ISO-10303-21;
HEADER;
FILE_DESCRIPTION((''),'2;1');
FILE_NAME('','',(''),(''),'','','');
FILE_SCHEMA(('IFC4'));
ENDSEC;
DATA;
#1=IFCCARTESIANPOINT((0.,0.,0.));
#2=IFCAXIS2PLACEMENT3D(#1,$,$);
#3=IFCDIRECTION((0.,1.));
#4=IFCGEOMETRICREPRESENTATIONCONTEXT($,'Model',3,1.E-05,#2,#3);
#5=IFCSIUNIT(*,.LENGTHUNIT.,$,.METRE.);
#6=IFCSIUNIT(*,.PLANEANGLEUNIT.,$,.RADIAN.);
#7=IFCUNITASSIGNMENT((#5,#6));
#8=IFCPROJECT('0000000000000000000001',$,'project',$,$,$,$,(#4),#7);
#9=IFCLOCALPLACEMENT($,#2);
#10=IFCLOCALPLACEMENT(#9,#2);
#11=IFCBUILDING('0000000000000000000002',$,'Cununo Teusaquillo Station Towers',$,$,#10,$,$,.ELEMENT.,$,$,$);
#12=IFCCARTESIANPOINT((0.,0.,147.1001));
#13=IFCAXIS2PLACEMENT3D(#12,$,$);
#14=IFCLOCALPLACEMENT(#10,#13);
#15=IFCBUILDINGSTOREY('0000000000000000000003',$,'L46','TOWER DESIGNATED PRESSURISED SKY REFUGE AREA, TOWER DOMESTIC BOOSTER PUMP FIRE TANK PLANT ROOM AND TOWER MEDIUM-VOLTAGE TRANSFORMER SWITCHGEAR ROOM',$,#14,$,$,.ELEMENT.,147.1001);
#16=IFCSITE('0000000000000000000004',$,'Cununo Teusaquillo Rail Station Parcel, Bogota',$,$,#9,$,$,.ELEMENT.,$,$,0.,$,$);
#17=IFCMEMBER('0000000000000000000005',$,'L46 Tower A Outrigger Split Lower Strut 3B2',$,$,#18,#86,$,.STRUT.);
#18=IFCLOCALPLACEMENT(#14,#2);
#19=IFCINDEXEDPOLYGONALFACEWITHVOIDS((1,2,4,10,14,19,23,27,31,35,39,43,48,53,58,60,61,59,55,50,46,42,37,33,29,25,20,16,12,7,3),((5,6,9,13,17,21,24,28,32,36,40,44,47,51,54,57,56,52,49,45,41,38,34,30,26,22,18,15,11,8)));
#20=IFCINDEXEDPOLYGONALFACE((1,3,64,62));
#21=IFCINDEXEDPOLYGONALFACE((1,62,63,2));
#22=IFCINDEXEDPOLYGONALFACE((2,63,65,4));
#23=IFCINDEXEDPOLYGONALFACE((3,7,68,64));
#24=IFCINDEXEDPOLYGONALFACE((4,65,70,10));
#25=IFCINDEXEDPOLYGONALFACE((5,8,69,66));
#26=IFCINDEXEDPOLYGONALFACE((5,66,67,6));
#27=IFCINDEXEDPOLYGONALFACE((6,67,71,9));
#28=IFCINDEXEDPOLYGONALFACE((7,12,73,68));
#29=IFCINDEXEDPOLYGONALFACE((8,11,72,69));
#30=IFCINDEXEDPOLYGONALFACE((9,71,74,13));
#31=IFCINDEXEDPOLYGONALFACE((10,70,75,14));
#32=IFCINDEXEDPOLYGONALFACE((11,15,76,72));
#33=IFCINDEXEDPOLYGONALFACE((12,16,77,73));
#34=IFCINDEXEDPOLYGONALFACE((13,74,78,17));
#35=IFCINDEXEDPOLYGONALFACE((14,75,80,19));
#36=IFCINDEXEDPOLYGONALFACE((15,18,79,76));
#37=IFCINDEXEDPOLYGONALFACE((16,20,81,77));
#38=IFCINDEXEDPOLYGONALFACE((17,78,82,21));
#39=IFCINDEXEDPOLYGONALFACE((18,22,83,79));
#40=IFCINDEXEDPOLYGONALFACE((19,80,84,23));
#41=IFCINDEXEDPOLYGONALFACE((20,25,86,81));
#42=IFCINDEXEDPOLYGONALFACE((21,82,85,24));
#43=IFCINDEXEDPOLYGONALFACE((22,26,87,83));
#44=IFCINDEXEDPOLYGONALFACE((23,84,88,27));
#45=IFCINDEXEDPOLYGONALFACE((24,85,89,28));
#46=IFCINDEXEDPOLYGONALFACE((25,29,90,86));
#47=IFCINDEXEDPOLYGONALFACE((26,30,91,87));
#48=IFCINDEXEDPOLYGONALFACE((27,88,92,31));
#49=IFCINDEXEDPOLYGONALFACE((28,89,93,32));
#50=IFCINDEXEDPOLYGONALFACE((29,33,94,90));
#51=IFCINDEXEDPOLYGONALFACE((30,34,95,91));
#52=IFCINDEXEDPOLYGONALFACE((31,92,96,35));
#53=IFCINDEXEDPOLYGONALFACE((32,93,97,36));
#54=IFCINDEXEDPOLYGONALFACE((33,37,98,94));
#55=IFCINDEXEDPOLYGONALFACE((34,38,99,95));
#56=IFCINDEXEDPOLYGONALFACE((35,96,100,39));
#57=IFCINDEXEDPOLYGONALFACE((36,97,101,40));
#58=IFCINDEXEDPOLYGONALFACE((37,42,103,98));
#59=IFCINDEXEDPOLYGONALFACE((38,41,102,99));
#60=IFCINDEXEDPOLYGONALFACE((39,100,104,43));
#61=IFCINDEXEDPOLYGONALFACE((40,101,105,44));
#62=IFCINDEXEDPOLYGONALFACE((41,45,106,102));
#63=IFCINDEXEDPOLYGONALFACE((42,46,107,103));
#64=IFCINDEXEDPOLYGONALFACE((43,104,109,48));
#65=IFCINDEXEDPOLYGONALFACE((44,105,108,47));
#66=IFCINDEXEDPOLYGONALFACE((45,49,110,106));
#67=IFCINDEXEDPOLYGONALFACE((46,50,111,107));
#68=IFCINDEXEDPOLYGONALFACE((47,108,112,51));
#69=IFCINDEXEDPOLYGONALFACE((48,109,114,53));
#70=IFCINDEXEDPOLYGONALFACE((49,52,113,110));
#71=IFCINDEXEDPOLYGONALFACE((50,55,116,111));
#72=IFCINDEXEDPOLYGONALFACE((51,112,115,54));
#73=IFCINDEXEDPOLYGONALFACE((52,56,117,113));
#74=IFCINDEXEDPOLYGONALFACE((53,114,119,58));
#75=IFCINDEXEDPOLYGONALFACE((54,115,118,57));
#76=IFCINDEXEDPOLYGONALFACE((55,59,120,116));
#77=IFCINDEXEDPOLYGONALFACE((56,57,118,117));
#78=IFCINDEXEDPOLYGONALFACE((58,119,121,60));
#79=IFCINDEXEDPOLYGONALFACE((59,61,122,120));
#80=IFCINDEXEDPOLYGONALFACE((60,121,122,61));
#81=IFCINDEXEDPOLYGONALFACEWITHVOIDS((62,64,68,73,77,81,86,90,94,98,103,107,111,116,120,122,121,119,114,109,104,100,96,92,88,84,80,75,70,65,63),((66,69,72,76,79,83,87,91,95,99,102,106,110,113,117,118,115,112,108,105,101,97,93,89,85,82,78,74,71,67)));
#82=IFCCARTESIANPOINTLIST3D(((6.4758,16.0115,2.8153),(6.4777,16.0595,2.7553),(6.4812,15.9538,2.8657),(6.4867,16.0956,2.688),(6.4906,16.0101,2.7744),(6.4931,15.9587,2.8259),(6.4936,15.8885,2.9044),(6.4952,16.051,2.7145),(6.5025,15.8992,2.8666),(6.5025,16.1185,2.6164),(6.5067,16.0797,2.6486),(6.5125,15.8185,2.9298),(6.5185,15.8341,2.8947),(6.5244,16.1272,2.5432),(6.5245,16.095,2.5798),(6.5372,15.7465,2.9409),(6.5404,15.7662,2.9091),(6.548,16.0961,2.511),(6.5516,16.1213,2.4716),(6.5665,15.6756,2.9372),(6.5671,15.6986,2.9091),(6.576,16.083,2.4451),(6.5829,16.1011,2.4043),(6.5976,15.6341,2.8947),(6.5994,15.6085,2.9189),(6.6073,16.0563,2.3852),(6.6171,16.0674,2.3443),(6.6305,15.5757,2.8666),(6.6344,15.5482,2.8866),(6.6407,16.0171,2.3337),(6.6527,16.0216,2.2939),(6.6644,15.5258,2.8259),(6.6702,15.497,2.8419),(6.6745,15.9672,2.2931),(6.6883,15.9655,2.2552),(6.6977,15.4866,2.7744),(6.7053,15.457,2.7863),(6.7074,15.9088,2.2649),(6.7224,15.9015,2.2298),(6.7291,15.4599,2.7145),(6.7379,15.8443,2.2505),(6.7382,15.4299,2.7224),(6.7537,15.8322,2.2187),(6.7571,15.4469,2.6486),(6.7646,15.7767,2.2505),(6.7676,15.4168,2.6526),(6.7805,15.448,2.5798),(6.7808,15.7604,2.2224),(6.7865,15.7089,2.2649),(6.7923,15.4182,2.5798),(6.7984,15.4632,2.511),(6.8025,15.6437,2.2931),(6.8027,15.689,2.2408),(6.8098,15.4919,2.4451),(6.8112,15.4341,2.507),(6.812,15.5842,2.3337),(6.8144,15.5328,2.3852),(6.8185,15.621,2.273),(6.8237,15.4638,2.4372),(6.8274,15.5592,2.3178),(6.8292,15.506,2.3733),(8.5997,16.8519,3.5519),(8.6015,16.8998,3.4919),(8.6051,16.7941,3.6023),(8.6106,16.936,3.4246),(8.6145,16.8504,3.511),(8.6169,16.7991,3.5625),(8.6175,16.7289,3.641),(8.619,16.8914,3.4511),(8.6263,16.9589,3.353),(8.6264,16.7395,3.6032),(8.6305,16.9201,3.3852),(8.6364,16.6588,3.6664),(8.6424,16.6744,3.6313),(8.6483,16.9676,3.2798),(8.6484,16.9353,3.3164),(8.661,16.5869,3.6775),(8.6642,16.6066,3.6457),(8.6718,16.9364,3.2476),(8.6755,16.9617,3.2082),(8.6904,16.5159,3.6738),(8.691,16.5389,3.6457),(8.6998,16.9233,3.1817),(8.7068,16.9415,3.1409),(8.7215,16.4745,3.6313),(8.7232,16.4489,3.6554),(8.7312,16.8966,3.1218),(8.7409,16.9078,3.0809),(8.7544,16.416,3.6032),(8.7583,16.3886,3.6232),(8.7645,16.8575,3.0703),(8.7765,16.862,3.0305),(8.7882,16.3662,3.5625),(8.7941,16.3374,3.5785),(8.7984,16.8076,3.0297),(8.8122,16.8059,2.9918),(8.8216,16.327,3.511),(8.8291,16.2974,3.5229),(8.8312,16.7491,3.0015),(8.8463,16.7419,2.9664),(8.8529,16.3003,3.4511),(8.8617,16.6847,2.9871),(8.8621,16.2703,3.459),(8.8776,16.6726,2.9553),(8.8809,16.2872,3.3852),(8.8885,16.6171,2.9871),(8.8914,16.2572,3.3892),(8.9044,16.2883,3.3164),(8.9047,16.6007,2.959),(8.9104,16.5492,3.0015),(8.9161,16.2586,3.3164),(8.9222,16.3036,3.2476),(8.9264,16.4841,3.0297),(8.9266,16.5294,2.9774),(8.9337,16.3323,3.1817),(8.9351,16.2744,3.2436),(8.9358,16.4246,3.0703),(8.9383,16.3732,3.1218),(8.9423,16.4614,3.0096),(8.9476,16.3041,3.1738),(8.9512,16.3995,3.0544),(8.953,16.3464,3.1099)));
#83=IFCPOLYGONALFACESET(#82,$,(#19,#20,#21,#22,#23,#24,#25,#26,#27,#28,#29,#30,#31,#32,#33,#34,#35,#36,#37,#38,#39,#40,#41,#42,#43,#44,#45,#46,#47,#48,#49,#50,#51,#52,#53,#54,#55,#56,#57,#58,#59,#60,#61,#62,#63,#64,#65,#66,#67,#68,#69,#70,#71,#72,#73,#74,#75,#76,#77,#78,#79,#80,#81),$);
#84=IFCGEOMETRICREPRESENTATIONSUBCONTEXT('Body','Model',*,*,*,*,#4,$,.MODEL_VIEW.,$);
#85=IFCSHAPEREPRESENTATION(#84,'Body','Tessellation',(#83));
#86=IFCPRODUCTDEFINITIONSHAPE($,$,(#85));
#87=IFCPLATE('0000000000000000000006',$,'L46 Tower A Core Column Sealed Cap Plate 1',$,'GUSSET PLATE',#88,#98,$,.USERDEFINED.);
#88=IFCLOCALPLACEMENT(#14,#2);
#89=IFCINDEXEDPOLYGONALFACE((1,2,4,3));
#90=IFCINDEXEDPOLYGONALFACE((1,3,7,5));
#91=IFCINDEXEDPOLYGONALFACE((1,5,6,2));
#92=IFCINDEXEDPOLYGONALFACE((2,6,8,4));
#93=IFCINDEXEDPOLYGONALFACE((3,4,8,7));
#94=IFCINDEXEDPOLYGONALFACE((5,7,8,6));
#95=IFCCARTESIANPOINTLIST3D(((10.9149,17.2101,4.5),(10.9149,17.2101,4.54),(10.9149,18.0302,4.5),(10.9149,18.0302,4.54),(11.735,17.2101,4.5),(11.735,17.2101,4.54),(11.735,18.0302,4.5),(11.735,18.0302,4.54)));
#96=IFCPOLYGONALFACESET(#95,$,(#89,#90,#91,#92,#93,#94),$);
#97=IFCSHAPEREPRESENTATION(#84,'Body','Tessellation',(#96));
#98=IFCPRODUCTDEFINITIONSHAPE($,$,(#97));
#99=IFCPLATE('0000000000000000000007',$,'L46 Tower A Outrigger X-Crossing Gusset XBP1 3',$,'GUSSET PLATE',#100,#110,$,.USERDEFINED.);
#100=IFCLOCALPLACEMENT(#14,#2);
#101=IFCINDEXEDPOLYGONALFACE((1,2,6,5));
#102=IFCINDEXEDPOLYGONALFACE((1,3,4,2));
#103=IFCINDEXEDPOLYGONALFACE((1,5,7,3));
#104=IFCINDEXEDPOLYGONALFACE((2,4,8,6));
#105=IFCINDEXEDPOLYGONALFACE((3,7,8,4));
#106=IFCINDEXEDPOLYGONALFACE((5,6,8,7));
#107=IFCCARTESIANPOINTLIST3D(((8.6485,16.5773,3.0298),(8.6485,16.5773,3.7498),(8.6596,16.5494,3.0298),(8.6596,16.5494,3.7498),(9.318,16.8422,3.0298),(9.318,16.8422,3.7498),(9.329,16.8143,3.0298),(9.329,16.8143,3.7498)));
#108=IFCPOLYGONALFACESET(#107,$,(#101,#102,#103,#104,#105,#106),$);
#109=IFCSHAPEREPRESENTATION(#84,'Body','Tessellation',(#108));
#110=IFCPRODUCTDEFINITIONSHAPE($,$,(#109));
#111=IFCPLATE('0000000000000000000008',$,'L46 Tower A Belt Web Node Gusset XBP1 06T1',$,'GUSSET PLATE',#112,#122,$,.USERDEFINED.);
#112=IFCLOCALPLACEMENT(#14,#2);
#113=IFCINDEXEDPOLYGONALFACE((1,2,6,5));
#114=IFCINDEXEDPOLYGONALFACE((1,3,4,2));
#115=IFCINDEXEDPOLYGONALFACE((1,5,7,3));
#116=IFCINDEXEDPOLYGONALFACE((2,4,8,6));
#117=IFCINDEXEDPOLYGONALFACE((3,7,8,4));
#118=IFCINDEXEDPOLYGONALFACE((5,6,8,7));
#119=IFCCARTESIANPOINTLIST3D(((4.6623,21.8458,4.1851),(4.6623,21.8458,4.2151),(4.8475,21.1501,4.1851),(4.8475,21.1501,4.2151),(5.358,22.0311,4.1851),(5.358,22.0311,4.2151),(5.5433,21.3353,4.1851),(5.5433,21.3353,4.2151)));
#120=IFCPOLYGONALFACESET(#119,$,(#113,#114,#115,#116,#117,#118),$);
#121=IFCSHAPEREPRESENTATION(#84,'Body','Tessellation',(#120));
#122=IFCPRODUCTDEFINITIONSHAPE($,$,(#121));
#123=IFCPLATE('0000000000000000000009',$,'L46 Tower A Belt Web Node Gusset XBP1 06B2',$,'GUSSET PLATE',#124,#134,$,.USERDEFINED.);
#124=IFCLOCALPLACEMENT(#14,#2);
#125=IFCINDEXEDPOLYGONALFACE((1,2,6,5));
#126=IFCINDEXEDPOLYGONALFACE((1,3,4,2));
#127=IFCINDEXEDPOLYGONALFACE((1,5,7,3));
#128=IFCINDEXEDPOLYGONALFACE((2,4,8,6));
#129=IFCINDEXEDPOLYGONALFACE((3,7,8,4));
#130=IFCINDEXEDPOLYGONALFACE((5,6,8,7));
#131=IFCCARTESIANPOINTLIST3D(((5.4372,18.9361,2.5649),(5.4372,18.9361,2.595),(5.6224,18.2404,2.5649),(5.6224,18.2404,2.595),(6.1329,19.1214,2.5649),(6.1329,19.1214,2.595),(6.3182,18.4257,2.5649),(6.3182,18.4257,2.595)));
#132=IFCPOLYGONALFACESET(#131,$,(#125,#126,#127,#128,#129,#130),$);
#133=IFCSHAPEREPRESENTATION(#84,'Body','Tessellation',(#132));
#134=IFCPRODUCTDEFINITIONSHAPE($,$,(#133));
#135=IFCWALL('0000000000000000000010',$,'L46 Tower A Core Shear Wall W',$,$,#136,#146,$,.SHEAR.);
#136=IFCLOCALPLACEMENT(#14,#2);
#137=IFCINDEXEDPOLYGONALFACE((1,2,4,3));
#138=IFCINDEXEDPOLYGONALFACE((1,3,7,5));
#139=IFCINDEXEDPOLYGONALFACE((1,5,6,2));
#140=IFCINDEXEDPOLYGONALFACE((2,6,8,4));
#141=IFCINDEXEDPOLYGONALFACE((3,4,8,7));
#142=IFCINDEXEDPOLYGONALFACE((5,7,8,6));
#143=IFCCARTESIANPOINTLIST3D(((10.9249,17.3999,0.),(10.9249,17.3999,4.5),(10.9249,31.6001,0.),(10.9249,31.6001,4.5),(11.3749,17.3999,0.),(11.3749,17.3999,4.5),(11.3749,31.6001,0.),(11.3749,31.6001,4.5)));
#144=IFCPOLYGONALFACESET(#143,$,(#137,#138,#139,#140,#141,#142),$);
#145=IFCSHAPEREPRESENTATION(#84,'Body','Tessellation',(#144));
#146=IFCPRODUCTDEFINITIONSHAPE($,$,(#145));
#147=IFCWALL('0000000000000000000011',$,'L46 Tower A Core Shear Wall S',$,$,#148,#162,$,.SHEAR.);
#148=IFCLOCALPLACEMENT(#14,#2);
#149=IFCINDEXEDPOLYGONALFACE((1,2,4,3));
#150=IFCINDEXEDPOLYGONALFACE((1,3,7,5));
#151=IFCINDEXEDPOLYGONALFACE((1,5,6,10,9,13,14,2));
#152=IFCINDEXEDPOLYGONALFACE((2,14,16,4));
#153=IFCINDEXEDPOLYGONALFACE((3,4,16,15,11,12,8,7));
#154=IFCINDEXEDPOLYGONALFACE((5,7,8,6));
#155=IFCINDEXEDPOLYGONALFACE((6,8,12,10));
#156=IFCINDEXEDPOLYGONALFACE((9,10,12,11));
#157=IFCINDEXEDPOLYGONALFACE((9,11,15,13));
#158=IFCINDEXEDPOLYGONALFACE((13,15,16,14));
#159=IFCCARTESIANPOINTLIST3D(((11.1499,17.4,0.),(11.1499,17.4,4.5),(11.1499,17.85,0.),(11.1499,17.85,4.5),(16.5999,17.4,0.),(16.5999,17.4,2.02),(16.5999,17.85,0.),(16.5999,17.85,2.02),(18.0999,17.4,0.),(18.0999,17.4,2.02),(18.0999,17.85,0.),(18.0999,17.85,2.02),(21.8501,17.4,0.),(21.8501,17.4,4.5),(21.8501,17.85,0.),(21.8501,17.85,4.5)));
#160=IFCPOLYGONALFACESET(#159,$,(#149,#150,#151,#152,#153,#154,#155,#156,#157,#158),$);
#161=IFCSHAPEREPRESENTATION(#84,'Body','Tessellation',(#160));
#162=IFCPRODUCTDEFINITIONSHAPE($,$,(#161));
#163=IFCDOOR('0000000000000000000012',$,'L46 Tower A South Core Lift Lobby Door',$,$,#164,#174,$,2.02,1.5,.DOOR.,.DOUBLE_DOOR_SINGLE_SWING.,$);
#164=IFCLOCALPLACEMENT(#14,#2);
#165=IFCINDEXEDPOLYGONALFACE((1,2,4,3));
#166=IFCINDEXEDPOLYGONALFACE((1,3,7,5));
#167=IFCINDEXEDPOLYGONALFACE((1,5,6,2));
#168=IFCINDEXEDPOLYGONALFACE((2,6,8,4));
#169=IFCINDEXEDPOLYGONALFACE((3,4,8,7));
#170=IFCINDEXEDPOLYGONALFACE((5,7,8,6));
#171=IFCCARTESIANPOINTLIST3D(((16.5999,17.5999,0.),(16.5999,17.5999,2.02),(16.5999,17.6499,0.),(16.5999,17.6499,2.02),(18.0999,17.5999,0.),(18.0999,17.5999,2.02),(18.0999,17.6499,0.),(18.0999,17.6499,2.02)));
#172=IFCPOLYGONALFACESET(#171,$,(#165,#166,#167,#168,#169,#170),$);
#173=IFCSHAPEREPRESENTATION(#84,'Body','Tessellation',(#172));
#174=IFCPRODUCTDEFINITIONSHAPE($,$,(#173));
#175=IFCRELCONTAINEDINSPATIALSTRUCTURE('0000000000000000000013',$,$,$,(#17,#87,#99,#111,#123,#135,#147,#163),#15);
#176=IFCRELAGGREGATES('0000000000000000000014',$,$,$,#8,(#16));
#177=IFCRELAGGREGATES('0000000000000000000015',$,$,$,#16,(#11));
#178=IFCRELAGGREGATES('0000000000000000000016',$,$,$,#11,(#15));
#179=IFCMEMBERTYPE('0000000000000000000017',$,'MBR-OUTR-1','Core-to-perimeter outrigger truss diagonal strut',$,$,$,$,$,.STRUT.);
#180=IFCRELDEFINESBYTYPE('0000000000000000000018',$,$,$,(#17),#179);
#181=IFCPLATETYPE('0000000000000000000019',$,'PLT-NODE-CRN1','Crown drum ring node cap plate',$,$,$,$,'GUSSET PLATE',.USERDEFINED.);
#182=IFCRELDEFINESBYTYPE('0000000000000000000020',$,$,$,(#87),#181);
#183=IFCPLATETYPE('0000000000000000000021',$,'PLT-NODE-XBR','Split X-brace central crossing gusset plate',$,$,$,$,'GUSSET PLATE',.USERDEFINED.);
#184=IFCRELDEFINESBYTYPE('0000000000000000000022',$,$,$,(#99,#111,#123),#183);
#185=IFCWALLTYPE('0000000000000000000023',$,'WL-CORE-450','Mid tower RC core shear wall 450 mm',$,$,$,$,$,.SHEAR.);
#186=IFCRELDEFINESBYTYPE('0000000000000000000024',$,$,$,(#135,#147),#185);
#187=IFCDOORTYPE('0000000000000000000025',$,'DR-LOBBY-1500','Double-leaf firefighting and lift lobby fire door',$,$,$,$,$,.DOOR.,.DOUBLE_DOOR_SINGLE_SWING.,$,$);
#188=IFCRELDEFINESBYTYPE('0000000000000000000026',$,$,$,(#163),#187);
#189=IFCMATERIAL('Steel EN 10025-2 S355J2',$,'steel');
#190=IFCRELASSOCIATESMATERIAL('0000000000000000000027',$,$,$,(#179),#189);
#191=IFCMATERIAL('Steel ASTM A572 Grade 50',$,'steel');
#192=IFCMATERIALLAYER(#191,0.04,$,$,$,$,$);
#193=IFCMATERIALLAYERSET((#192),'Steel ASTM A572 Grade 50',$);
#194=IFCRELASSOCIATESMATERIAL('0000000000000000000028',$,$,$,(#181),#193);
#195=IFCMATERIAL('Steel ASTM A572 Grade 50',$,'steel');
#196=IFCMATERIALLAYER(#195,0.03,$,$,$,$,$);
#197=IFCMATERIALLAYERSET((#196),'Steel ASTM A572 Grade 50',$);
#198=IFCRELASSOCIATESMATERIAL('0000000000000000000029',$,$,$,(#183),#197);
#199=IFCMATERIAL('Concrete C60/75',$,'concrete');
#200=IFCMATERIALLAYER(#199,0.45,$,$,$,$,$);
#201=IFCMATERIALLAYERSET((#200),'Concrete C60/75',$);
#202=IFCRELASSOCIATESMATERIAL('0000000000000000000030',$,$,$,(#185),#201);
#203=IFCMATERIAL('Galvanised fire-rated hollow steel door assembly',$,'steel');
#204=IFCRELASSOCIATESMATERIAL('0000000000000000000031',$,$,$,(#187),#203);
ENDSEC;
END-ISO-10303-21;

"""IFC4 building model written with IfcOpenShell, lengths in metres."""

from ifc_helpers import new_model, si_unit, direction, frame, frame_2d, origin, origin_2d, place, context, subcontext, project, spatial, rectangle, hollow_circle, extrude, source, transform, mapped, material, layer, layer_set, material_profile, profile_set, type_object, element, fill, save


model = new_model("IFC4")

# Units and contexts
model_context = context("Model", 3, precision=1e-05, world=origin(), true_north=direction((0.0, 1.0)))
body_context = subcontext(model_context, "Body", "Model", "MODEL_VIEW")
ifc_project = project(units=[si_unit("LENGTHUNIT", "METRE"), si_unit("PLANEANGLEUNIT", "RADIAN")], contexts=[model_context])

# Site, building, storey
site_placement = place(None, origin())
site = spatial("IfcSite", under=ifc_project, at=site_placement, Name="Cununo Teusaquillo Rail Station Parcel, Bogota", CompositionType="ELEMENT", RefElevation=0.0)
building_placement = place(site_placement, origin())
building = spatial("IfcBuilding", under=site, at=building_placement, Name="Cununo Teusaquillo Station Towers", CompositionType="ELEMENT")
storey_placement = place(building_placement, frame((0.0, 0.0, 147.1001)))
storey = spatial("IfcBuildingStorey", under=building, at=storey_placement, Name="L46", Description="TOWER DESIGNATED PRESSURISED SKY REFUGE AREA, TOWER DOMESTIC BOOSTER PUMP FIRE TANK PLANT ROOM AND TOWER MEDIUM-VOLTAGE TRANSFORMER SWITCHGEAR ROOM", CompositionType="ELEMENT", Elevation=147.1001)

# Member
ifc_material_1 = material(Name="Steel EN 10025-2 S355J2", Category="steel")
ifc_material_profile_1 = material_profile(ifc_material_1, hollow_circle(Radius=0.3799, WallThickness=0.032, at=origin_2d()), Name="CHS 760x32")
ifc_profile_set_1 = profile_set([ifc_material_profile_1], Name="Steel EN 10025-2 S355J2")
member_type_1 = type_object("IfcMemberType", Name="MBR-OUTR-1", Description="Core-to-perimeter outrigger truss diagonal strut", PredefinedType="STRUT", material=ifc_profile_set_1)
member_1_placement = place(storey_placement, frame((8.7764, 16.6118, 3.3164), z_axis=(-0.884974, -0.350165, -0.306928), x_axis=(0.367923, -0.929856, 0.0)))
element("IfcMember", 1, at=member_1_placement, inside=storey, type_object=member_type_1, Name="L46 Tower A Outrigger Split Lower Strut 3B2", PredefinedType="STRUT", context=body_context, shape_type="SweptSolid", body=[
    extrude(hollow_circle(Radius=0.3799, WallThickness=0.032, at=origin_2d()), origin(), (0.0, 0.0, 1.0), 2.3999),
])

# Plates
ifc_material_2 = material(Name="Steel ASTM A572 Grade 50", Category="steel")
ifc_layer_1 = layer(ifc_material_2, 0.04)
ifc_layer_set_1 = layer_set([ifc_layer_1], Name="Steel ASTM A572 Grade 50")
plate_type_1 = type_object("IfcPlateType", Name="PLT-NODE-CRN1", Description="Crown drum ring node cap plate", ElementType="GUSSET PLATE", PredefinedType="USERDEFINED", material=ifc_layer_set_1)
shared_shape_1 = source(origin(), body_context, "Body", "SweptSolid", [
    extrude(rectangle(XDim=0.8201, YDim=0.8201, at=origin_2d()), origin(), (0.0, 0.0, 1.0), 0.04),
])
plate_1_placement = place(storey_placement, frame((11.325, 17.6201, 4.5), z_axis=(0.0, 0.0, 1.0), x_axis=(1.0, 0.0, 0.0)))
element("IfcPlate", 2, at=plate_1_placement, inside=storey, type_object=plate_type_1, Name="L46 Tower A Core Column Sealed Cap Plate 1", ObjectType="GUSSET PLATE", PredefinedType="USERDEFINED", context=body_context, shape_type="MappedRepresentation", body=[
    mapped(shared_shape_1, transform((0.0, 0.0, 0.0), x_axis=(1.0, 0.0, 0.0), y_axis=(0.0, 1.0, 0.0), z_axis=(0.0, 0.0, 1.0), scale=1.0)),
])
ifc_material_3 = material(Name="Steel ASTM A572 Grade 50", Category="steel")
ifc_layer_2 = layer(ifc_material_3, 0.03)
ifc_layer_set_2 = layer_set([ifc_layer_2], Name="Steel ASTM A572 Grade 50")
plate_type_2 = type_object("IfcPlateType", Name="PLT-NODE-XBR", Description="Split X-brace central crossing gusset plate", ElementType="GUSSET PLATE", PredefinedType="USERDEFINED", material=ifc_layer_set_2)
shared_shape_2 = source(origin(), body_context, "Body", "SweptSolid", [
    extrude(rectangle(XDim=0.72, YDim=0.03, at=origin_2d()), origin(), (0.0, 0.0, 1.0), 0.72),
])
plate_2_placement = place(storey_placement, frame((8.9888, 16.6958, 3.0298), z_axis=(0.0, 0.0, 1.0), x_axis=(-0.929841, -0.367962, 0.0)))
element("IfcPlate", 3, at=plate_2_placement, inside=storey, type_object=plate_type_2, Name="L46 Tower A Outrigger X-Crossing Gusset XBP1 3", ObjectType="GUSSET PLATE", PredefinedType="USERDEFINED", context=body_context, shape_type="MappedRepresentation", body=[
    mapped(shared_shape_2, transform((0.0, 0.0, 0.0), x_axis=(1.0, 0.0, 0.0), y_axis=(0.0, 1.0, 0.0), z_axis=(0.0, 0.0, 1.0), scale=1.0)),
])
shared_shape_3 = source(origin(), body_context, "Body", "SweptSolid", [
    extrude(rectangle(XDim=0.72, YDim=0.72, at=origin_2d()), origin(), (0.0, 0.0, 1.0), 0.03),
])
for number, where, z_axis, x_axis, name in (
    (4, (5.1028, 21.5906, 4.1851), (0.0, 0.0, 1.0), (0.257301, -0.966331, 0.0), "L46 Tower A Belt Web Node Gusset XBP1 06T1"),
    (5, (5.8777, 18.6809, 2.5649), (0.0, 0.0, 1.0), (0.257301, -0.966331, 0.0), "L46 Tower A Belt Web Node Gusset XBP1 06B2"),
):
    element("IfcPlate", number, at=place(storey_placement, frame(where, z_axis=z_axis, x_axis=x_axis)), inside=storey, type_object=plate_type_2, Name=name, ObjectType="GUSSET PLATE", PredefinedType="USERDEFINED", context=body_context, shape_type="MappedRepresentation", body=[
        mapped(shared_shape_3, transform((0.0, 0.0, 0.0), x_axis=(1.0, 0.0, 0.0), y_axis=(0.0, 1.0, 0.0), z_axis=(0.0, 0.0, 1.0), scale=1.0)),
    ])

# Wall
ifc_material_4 = material(Name="Concrete C60/75", Category="concrete")
ifc_layer_3 = layer(ifc_material_4, 0.45)
ifc_layer_set_3 = layer_set([ifc_layer_3], Name="Concrete C60/75")
wall_type_1 = type_object("IfcWallType", Name="WL-CORE-450", Description="Mid tower RC core shear wall 450 mm", PredefinedType="SHEAR", material=ifc_layer_set_3)
wall_1_placement = place(storey_placement, frame((11.1499, 17.3999, 0.0), z_axis=(0.0, 0.0, 1.0), x_axis=(0.0, 1.0, 0.0)))
element("IfcWall", 6, at=wall_1_placement, inside=storey, type_object=wall_type_1, Name="L46 Tower A Core Shear Wall W", PredefinedType="SHEAR", context=body_context, shape_type="SweptSolid", body=[
    extrude(rectangle(XDim=14.2002, YDim=0.45, at=frame_2d((7.1001, 0.0))), origin(), (0.0, 0.0, 1.0), 4.5),
])

# Wall, opening, door
wall_2_placement = place(storey_placement, frame((11.1499, 17.625, 0.0), z_axis=(0.0, 0.0, 1.0), x_axis=(1.0, 0.0, 0.0)))
wall_2 = element("IfcWall", 7, at=wall_2_placement, inside=storey, type_object=wall_type_1, Name="L46 Tower A Core Shear Wall S", PredefinedType="SHEAR", context=body_context, shape_type="SweptSolid", body=[
    extrude(rectangle(XDim=10.7002, YDim=0.45, at=frame_2d((5.3501, 0.0))), origin(), (0.0, 0.0, 1.0), 4.5),
])
shared_shape_4 = source(origin(), body_context, "Body", "SweptSolid", [
    extrude(rectangle(XDim=1.5, YDim=2.02, at=frame_2d((0.75, 1.01))), frame((0.0, 0.2349, 0.0), z_axis=(0.0, -1.0, 0.0), x_axis=(1.0, 0.0, 0.0)), (0.0, 0.0, 1.0), 0.47),
])
opening_1_placement = place(wall_2_placement, frame((5.45, 0.0, 0.0)))
opening_1 = element("IfcOpeningElement", 8, at=opening_1_placement, cuts=wall_2, PredefinedType="OPENING", context=body_context, shape_type="MappedRepresentation", body=[
    mapped(shared_shape_4, transform((0.0, 0.0, 0.0), x_axis=(1.0, 0.0, 0.0), y_axis=(0.0, 1.0, 0.0), z_axis=(0.0, 0.0, 1.0), scale=1.0)),
])
ifc_material_5 = material(Name="Galvanised fire-rated hollow steel door assembly", Category="steel")
door_type_1 = type_object("IfcDoorType", Name="DR-LOBBY-1500", Description="Double-leaf firefighting and lift lobby fire door", OperationType="DOUBLE_DOOR_SINGLE_SWING", PredefinedType="DOOR", material=ifc_material_5)
shared_shape_5 = source(origin(), body_context, "Body", "SweptSolid", [
    extrude(rectangle(XDim=1.5, YDim=2.02, at=frame_2d((0.75, 1.01))), frame((0.0, 0.0249, 0.0), z_axis=(0.0, -1.0, 0.0), x_axis=(1.0, 0.0, 0.0)), (0.0, 0.0, 1.0), 0.05),
])
door_1_placement = place(opening_1_placement, origin())
door_1 = element("IfcDoor", 9, at=door_1_placement, inside=storey, type_object=door_type_1, Name="L46 Tower A South Core Lift Lobby Door", OperationType="DOUBLE_DOOR_SINGLE_SWING", OverallHeight=2.02, OverallWidth=1.5, PredefinedType="DOOR", context=body_context, shape_type="MappedRepresentation", body=[
    mapped(shared_shape_5, transform((0.0, 0.0, 0.0), x_axis=(1.0, 0.0, 0.0), y_axis=(0.0, 1.0, 0.0), z_axis=(0.0, 0.0, 1.0), scale=1.0)),
])
fill(opening_1, door_1)

save(model, "model.ifc")
